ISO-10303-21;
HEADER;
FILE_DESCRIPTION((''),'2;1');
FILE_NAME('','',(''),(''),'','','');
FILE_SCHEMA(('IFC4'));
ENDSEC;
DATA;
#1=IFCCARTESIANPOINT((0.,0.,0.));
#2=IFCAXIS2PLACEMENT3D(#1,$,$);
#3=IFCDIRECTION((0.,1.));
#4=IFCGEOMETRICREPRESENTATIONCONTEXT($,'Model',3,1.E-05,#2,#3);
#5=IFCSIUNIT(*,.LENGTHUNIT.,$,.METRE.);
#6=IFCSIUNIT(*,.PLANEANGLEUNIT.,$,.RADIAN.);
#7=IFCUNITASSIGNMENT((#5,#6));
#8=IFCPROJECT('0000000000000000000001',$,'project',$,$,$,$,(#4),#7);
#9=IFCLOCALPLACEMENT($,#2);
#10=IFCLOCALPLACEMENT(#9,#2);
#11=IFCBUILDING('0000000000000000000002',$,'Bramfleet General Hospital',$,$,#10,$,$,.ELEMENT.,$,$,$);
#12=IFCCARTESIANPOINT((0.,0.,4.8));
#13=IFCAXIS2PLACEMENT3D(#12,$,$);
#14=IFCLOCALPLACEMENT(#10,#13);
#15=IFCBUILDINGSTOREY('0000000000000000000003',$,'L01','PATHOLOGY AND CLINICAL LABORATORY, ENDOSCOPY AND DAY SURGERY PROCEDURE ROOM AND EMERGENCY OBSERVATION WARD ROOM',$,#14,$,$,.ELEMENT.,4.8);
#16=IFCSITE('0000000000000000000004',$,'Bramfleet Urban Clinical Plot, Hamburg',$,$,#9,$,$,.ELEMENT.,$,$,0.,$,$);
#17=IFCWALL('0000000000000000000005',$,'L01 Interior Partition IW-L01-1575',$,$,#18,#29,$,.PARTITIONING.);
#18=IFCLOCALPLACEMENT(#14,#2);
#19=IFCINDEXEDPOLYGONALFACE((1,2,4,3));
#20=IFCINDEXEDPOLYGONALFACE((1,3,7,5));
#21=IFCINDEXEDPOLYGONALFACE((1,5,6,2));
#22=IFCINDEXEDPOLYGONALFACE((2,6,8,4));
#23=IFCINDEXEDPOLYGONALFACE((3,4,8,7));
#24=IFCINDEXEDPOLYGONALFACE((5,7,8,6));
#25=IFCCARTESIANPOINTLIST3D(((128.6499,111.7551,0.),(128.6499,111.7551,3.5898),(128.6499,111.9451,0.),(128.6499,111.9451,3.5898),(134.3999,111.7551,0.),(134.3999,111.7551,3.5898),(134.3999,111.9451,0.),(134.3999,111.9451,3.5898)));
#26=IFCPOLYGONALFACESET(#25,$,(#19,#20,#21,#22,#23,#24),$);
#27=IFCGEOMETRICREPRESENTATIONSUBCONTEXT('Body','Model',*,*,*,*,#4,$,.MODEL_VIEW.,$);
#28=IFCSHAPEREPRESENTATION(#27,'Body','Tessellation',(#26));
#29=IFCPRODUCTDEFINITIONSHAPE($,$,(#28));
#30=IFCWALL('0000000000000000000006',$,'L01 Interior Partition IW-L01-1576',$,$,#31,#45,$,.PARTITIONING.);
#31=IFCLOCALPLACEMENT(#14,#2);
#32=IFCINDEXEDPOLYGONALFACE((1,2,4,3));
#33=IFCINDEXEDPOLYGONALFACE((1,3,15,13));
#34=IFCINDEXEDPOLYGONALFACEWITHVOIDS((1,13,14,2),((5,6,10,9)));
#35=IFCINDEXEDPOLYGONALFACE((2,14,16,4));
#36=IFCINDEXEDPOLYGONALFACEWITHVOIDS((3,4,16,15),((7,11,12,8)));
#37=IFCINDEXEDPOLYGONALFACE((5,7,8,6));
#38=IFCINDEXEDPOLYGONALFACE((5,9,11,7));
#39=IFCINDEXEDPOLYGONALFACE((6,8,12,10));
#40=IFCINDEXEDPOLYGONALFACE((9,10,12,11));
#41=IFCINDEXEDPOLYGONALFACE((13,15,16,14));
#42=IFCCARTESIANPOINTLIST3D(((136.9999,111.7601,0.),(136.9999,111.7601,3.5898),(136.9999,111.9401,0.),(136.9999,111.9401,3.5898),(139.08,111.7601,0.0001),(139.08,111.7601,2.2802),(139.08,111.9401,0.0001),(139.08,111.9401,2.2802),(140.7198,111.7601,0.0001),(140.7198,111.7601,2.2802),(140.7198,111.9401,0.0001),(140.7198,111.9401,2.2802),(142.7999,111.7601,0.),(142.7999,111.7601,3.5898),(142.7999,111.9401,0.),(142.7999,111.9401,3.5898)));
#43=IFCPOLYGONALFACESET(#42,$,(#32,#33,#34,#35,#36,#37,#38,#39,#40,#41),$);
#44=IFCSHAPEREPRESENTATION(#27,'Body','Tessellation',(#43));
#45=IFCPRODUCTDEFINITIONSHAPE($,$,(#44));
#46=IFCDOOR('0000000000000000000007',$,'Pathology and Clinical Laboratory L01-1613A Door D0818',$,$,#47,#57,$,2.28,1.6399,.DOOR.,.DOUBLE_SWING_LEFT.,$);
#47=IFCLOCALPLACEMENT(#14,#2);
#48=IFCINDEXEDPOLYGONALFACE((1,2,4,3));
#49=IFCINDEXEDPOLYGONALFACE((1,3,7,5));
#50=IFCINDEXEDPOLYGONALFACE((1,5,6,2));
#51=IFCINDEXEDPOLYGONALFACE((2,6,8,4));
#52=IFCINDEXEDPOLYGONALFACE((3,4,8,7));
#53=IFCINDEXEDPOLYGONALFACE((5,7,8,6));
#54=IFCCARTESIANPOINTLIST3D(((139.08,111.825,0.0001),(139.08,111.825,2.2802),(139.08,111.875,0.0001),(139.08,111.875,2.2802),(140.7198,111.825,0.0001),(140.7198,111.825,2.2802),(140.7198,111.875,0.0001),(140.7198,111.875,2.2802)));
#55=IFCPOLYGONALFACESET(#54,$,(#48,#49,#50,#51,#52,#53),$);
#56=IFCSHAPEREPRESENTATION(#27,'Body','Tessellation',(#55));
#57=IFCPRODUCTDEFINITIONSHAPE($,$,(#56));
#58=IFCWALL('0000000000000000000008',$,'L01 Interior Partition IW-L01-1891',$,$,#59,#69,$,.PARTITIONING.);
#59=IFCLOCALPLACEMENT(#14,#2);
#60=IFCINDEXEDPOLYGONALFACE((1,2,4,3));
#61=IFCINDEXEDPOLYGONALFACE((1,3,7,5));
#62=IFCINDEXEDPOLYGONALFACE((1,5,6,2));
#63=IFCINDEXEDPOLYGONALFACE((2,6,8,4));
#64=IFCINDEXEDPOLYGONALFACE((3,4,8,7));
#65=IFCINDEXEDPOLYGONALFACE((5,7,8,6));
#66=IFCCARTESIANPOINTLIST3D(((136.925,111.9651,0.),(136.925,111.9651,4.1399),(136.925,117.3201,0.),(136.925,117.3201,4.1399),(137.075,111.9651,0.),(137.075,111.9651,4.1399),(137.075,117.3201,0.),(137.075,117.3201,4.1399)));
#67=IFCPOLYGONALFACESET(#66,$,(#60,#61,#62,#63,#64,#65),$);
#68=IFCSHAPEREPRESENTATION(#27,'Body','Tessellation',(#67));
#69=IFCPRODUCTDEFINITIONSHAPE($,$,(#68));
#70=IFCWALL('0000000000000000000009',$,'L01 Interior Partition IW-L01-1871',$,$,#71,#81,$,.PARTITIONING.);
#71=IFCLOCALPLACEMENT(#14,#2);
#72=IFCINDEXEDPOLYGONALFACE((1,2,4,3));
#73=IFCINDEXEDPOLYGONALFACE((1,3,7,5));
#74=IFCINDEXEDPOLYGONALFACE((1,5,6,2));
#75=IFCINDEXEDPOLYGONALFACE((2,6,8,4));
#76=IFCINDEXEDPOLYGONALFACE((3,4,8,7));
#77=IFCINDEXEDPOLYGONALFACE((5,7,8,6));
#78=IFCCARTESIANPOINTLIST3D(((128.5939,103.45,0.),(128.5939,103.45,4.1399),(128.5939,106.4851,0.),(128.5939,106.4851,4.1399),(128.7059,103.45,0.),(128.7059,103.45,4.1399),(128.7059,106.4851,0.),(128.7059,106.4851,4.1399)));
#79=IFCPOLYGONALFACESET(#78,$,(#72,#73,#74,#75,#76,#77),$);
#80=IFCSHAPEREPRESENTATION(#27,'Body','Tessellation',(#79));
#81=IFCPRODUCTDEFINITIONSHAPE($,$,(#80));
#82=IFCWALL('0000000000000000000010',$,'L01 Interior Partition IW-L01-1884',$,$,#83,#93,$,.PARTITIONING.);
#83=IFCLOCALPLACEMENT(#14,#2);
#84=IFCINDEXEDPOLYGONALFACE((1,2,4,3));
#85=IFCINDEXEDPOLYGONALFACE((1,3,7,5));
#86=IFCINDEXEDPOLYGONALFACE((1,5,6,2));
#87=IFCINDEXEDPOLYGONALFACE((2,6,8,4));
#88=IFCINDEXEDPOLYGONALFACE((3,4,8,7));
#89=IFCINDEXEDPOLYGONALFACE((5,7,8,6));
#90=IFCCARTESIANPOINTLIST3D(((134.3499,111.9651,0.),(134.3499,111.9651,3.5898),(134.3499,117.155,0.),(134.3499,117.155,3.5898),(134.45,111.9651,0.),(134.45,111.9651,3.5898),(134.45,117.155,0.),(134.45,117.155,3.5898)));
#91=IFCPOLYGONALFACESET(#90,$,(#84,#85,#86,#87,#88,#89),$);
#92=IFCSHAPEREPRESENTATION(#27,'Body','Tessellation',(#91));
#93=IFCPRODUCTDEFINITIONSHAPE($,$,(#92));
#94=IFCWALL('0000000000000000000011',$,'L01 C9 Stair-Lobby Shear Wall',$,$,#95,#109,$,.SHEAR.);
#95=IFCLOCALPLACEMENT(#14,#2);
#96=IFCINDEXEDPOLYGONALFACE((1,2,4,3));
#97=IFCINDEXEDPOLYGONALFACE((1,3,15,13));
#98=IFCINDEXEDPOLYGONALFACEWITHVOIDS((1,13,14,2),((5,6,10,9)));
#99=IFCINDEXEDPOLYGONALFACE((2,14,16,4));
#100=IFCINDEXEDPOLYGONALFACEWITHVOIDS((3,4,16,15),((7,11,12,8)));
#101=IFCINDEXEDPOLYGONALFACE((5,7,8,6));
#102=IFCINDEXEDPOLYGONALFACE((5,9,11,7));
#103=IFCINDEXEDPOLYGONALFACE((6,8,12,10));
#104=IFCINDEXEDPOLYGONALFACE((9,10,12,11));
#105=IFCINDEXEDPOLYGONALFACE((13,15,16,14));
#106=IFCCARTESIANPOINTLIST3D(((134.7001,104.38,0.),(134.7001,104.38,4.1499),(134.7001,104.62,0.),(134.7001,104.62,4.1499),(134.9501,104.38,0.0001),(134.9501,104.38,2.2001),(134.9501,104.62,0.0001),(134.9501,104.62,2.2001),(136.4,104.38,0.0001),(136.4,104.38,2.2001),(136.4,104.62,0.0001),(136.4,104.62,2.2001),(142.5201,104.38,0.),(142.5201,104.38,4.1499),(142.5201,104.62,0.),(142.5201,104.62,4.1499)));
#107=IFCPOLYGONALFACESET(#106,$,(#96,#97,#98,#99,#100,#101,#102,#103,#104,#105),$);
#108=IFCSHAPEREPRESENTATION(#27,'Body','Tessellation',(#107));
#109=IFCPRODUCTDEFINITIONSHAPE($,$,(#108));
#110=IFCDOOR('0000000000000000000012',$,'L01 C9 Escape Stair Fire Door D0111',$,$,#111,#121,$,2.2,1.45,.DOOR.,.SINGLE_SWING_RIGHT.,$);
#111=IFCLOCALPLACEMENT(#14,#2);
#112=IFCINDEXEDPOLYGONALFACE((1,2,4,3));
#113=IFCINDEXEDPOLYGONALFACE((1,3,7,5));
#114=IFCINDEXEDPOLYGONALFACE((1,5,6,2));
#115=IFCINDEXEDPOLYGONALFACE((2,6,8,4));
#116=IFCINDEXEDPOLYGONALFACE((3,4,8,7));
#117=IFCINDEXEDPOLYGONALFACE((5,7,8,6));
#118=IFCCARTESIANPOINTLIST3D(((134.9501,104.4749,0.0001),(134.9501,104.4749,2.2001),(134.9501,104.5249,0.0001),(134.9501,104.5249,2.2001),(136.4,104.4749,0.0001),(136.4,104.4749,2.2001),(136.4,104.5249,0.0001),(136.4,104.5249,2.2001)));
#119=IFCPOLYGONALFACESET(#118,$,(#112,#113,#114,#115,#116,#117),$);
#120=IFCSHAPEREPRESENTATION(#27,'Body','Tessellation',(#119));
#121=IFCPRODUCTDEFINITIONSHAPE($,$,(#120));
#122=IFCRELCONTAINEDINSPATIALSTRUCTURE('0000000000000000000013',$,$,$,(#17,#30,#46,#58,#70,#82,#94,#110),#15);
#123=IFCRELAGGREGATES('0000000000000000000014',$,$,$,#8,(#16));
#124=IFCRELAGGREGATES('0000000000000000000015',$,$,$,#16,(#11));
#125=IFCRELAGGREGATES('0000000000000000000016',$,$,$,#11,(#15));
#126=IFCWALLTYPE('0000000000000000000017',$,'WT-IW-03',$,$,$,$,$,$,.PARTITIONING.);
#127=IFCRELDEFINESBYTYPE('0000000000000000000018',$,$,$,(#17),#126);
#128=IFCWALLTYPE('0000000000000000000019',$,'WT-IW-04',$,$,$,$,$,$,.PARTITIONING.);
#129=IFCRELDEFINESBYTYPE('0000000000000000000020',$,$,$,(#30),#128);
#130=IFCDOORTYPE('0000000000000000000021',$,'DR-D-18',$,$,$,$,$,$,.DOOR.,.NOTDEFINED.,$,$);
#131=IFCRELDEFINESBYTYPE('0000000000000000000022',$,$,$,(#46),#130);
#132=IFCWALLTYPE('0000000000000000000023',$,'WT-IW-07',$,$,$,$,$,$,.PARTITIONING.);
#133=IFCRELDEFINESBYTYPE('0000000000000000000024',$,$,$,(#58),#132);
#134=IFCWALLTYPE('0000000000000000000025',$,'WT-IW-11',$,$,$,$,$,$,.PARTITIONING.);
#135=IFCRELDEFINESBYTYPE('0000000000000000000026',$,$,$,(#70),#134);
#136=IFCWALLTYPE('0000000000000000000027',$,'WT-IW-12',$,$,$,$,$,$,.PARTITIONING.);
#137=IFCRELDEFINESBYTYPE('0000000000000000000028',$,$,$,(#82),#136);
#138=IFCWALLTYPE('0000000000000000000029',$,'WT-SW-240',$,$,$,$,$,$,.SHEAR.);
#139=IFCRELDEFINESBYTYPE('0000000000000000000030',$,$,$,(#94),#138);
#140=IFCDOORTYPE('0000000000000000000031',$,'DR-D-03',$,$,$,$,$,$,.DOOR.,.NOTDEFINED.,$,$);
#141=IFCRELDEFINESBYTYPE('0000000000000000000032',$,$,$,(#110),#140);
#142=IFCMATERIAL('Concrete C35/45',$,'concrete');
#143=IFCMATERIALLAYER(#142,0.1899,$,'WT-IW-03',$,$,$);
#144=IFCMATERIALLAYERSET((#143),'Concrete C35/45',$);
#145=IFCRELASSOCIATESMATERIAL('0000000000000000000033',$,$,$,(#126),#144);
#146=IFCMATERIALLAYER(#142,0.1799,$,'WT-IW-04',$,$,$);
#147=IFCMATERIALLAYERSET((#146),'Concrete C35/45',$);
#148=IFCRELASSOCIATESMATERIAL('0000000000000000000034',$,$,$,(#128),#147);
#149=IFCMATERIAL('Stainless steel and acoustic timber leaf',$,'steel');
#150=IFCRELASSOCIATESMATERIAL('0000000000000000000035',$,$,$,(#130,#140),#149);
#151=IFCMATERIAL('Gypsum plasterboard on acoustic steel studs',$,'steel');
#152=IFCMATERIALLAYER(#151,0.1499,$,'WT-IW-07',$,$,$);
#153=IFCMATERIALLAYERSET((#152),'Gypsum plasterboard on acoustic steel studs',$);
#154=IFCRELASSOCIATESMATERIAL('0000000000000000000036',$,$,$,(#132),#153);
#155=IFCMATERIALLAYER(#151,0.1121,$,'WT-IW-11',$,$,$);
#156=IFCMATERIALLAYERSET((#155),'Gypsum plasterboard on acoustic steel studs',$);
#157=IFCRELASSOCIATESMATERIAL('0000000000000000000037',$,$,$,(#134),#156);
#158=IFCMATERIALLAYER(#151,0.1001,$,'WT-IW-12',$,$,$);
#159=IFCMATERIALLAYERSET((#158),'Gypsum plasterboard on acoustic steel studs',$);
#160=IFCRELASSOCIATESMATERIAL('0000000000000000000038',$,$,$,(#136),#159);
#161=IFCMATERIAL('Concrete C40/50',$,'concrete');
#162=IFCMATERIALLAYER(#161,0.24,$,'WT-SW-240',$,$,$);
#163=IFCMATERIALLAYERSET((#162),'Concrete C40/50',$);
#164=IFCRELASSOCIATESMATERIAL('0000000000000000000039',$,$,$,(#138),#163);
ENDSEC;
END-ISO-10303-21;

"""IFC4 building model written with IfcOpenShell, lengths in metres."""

from ifc_helpers import new_model, si_unit, direction, frame, frame_2d, origin, place, context, subcontext, project, spatial, rectangle, extrude, material, layer, layer_set, type_object, element, fill, save


model = new_model("IFC4")

# Units and contexts
model_context = context("Model", 3, precision=1e-05, world=origin(), true_north=direction((0.0, 1.0)))
body_context = subcontext(model_context, "Body", "Model", "MODEL_VIEW")
ifc_project = project(units=[si_unit("LENGTHUNIT", "METRE"), si_unit("PLANEANGLEUNIT", "RADIAN")], contexts=[model_context])

# Site, building, storey
site_placement = place(None, origin())
site = spatial("IfcSite", under=ifc_project, at=site_placement, Name="Bramfleet Urban Clinical Plot, Hamburg", CompositionType="ELEMENT", RefElevation=0.0)
building_placement = place(site_placement, origin())
building = spatial("IfcBuilding", under=site, at=building_placement, Name="Bramfleet General Hospital", CompositionType="ELEMENT")
storey_placement = place(building_placement, frame((0.0, 0.0, 4.8)))
storey = spatial("IfcBuildingStorey", under=building, at=storey_placement, Name="L01", Description="PATHOLOGY AND CLINICAL LABORATORY, ENDOSCOPY AND DAY SURGERY PROCEDURE ROOM AND EMERGENCY OBSERVATION WARD ROOM", CompositionType="ELEMENT", Elevation=4.8)

# Shared definitions
ifc_material_1 = material(Name="Concrete C40/50", Category="concrete")

# Shared definitions
ifc_material_2 = material(Name="Concrete C35/45", Category="concrete")

# Shared definitions
ifc_material_3 = material(Name="Stainless steel and acoustic timber leaf", Category="steel")

# Wall
ifc_layer_1 = layer(ifc_material_2, 0.1899, Name="WT-IW-03")
ifc_layer_set_1 = layer_set([ifc_layer_1], Name="Concrete C35/45")
wall_type_1 = type_object("IfcWallType", Name="WT-IW-03", PredefinedType="PARTITIONING", material=ifc_layer_set_1)
wall_1_placement = place(storey_placement, frame((128.6499, 111.8501, 0.0), z_axis=(0.0, 0.0, 1.0), x_axis=(1.0, 0.0, 0.0)))
element("IfcWall", 1, at=wall_1_placement, inside=storey, type_object=wall_type_1, Name="L01 Interior Partition IW-L01-1575", PredefinedType="PARTITIONING", context=body_context, shape_type="SweptSolid", body=[
    extrude(rectangle(XDim=5.75, YDim=0.1899, at=frame_2d((2.875, 0.0))), origin(), (0.0, 0.0, 1.0), 3.5898),
])

# Wall, opening, door
ifc_layer_2 = layer(ifc_material_2, 0.1799, Name="WT-IW-04")
ifc_layer_set_2 = layer_set([ifc_layer_2], Name="Concrete C35/45")
wall_type_2 = type_object("IfcWallType", Name="WT-IW-04", PredefinedType="PARTITIONING", material=ifc_layer_set_2)
wall_2_placement = place(storey_placement, frame((137.0, 111.8501, 0.0), z_axis=(0.0, 0.0, 1.0), x_axis=(1.0, 0.0, 0.0)))
wall_2 = element("IfcWall", 2, at=wall_2_placement, inside=storey, type_object=wall_type_2, Name="L01 Interior Partition IW-L01-1576", PredefinedType="PARTITIONING", context=body_context, shape_type="SweptSolid", body=[
    extrude(rectangle(XDim=5.8, YDim=0.1799, at=frame_2d((2.8999, 0.0))), origin(), (0.0, 0.0, 1.0), 3.5898),
])
opening_1_placement = place(wall_2_placement, frame((2.0801, 0.0, 0.0)))
opening_1 = element("IfcOpeningElement", 3, at=opening_1_placement, cuts=wall_2, PredefinedType="OPENING", context=body_context, shape_type="SweptSolid", body=[
    extrude(rectangle(XDim=1.6399, YDim=2.28, at=frame_2d((0.8198, 1.1401))), frame((0.0, 0.0999, 0.0), z_axis=(0.0, -1.0, 0.0), x_axis=(1.0, 0.0, 0.0)), (0.0, 0.0, 1.0), 0.2),
])
door_type_1 = type_object("IfcDoorType", Name="DR-D-18", OperationType="NOTDEFINED", PredefinedType="DOOR", material=ifc_material_3)
door_1_placement = place(opening_1_placement, origin())
door_1 = element("IfcDoor", 4, at=door_1_placement, inside=storey, type_object=door_type_1, Name="Pathology and Clinical Laboratory L01-1613A Door D0818", OperationType="DOUBLE_SWING_LEFT", OverallHeight=2.28, OverallWidth=1.6399, PredefinedType="DOOR", context=body_context, shape_type="SweptSolid", body=[
    extrude(rectangle(XDim=1.6399, YDim=2.28, at=frame_2d((0.8198, 1.1401))), frame((0.0, 0.0249, 0.0), z_axis=(0.0, -1.0, 0.0), x_axis=(1.0, 0.0, 0.0)), (0.0, 0.0, 1.0), 0.05),
])
fill(opening_1, door_1)

# Walls
ifc_material_4 = material(Name="Gypsum plasterboard on acoustic steel studs", Category="steel")
ifc_layer_3 = layer(ifc_material_4, 0.1499, Name="WT-IW-07")
ifc_layer_set_3 = layer_set([ifc_layer_3], Name="Gypsum plasterboard on acoustic steel studs")
wall_type_3 = type_object("IfcWallType", Name="WT-IW-07", PredefinedType="PARTITIONING", material=ifc_layer_set_3)
wall_3_placement = place(storey_placement, frame((137.0, 111.9651, 0.0), z_axis=(0.0, 0.0, 1.0), x_axis=(0.0, 1.0, 0.0)))
element("IfcWall", 5, at=wall_3_placement, inside=storey, type_object=wall_type_3, Name="L01 Interior Partition IW-L01-1891", PredefinedType="PARTITIONING", context=body_context, shape_type="SweptSolid", body=[
    extrude(rectangle(XDim=5.355, YDim=0.1499, at=frame_2d((2.6775, 0.0))), origin(), (0.0, 0.0, 1.0), 4.1399),
])
ifc_layer_4 = layer(ifc_material_4, 0.1121, Name="WT-IW-11")
ifc_layer_set_4 = layer_set([ifc_layer_4], Name="Gypsum plasterboard on acoustic steel studs")
wall_type_4 = type_object("IfcWallType", Name="WT-IW-11", PredefinedType="PARTITIONING", material=ifc_layer_set_4)
wall_4_placement = place(storey_placement, frame((128.6499, 103.45, 0.0), z_axis=(0.0, 0.0, 1.0), x_axis=(0.0, 1.0, 0.0)))
element("IfcWall", 6, at=wall_4_placement, inside=storey, type_object=wall_type_4, Name="L01 Interior Partition IW-L01-1871", PredefinedType="PARTITIONING", context=body_context, shape_type="SweptSolid", body=[
    extrude(rectangle(XDim=3.0352, YDim=0.1121, at=frame_2d((1.5176, 0.0))), origin(), (0.0, 0.0, 1.0), 4.1399),
])
ifc_layer_5 = layer(ifc_material_4, 0.1001, Name="WT-IW-12")
ifc_layer_set_5 = layer_set([ifc_layer_5], Name="Gypsum plasterboard on acoustic steel studs")
wall_type_5 = type_object("IfcWallType", Name="WT-IW-12", PredefinedType="PARTITIONING", material=ifc_layer_set_5)
wall_5_placement = place(storey_placement, frame((134.3999, 111.9651, 0.0), z_axis=(0.0, 0.0, 1.0), x_axis=(0.0, 1.0, 0.0)))
element("IfcWall", 7, at=wall_5_placement, inside=storey, type_object=wall_type_5, Name="L01 Interior Partition IW-L01-1884", PredefinedType="PARTITIONING", context=body_context, shape_type="SweptSolid", body=[
    extrude(rectangle(XDim=5.1899, YDim=0.1001, at=frame_2d((2.595, 0.0))), origin(), (0.0, 0.0, 1.0), 3.5898),
])

# Wall, opening, door
ifc_layer_6 = layer(ifc_material_1, 0.24, Name="WT-SW-240")
ifc_layer_set_6 = layer_set([ifc_layer_6], Name="Concrete C40/50")
wall_type_6 = type_object("IfcWallType", Name="WT-SW-240", PredefinedType="SHEAR", material=ifc_layer_set_6)
wall_6_placement = place(storey_placement, frame((134.7, 104.5, 0.0), z_axis=(0.0, 0.0, 1.0), x_axis=(1.0, 0.0, 0.0)))
wall_6 = element("IfcWall", 8, at=wall_6_placement, inside=storey, type_object=wall_type_6, Name="L01 C9 Stair-Lobby Shear Wall", PredefinedType="SHEAR", context=body_context, shape_type="SweptSolid", body=[
    extrude(rectangle(XDim=7.8201, YDim=0.24, at=frame_2d((3.9102, 0.0))), origin(), (0.0, 0.0, 1.0), 4.1499),
])
opening_2_placement = place(wall_6_placement, frame((0.25, 0.0, 0.0)))
opening_2 = element("IfcOpeningElement", 9, at=opening_2_placement, cuts=wall_6, PredefinedType="OPENING", context=body_context, shape_type="SweptSolid", body=[
    extrude(rectangle(XDim=1.45, YDim=2.2, at=frame_2d((0.7251, 1.1001))), frame((0.0, 0.1299, 0.0), z_axis=(0.0, -1.0, 0.0), x_axis=(1.0, 0.0, 0.0)), (0.0, 0.0, 1.0), 0.26),
])
door_type_2 = type_object("IfcDoorType", Name="DR-D-03", OperationType="NOTDEFINED", PredefinedType="DOOR", material=ifc_material_3)
door_2_placement = place(opening_2_placement, origin())
door_2 = element("IfcDoor", 10, at=door_2_placement, inside=storey, type_object=door_type_2, Name="L01 C9 Escape Stair Fire Door D0111", OperationType="SINGLE_SWING_RIGHT", OverallHeight=2.2, OverallWidth=1.45, PredefinedType="DOOR", context=body_context, shape_type="SweptSolid", body=[
    extrude(rectangle(XDim=1.45, YDim=2.2, at=frame_2d((0.7251, 1.1001))), frame((0.0, 0.0249, 0.0), z_axis=(0.0, -1.0, 0.0), x_axis=(1.0, 0.0, 0.0)), (0.0, 0.0, 1.0), 0.05),
])
fill(opening_2, door_2)

save(model, "model.ifc")
